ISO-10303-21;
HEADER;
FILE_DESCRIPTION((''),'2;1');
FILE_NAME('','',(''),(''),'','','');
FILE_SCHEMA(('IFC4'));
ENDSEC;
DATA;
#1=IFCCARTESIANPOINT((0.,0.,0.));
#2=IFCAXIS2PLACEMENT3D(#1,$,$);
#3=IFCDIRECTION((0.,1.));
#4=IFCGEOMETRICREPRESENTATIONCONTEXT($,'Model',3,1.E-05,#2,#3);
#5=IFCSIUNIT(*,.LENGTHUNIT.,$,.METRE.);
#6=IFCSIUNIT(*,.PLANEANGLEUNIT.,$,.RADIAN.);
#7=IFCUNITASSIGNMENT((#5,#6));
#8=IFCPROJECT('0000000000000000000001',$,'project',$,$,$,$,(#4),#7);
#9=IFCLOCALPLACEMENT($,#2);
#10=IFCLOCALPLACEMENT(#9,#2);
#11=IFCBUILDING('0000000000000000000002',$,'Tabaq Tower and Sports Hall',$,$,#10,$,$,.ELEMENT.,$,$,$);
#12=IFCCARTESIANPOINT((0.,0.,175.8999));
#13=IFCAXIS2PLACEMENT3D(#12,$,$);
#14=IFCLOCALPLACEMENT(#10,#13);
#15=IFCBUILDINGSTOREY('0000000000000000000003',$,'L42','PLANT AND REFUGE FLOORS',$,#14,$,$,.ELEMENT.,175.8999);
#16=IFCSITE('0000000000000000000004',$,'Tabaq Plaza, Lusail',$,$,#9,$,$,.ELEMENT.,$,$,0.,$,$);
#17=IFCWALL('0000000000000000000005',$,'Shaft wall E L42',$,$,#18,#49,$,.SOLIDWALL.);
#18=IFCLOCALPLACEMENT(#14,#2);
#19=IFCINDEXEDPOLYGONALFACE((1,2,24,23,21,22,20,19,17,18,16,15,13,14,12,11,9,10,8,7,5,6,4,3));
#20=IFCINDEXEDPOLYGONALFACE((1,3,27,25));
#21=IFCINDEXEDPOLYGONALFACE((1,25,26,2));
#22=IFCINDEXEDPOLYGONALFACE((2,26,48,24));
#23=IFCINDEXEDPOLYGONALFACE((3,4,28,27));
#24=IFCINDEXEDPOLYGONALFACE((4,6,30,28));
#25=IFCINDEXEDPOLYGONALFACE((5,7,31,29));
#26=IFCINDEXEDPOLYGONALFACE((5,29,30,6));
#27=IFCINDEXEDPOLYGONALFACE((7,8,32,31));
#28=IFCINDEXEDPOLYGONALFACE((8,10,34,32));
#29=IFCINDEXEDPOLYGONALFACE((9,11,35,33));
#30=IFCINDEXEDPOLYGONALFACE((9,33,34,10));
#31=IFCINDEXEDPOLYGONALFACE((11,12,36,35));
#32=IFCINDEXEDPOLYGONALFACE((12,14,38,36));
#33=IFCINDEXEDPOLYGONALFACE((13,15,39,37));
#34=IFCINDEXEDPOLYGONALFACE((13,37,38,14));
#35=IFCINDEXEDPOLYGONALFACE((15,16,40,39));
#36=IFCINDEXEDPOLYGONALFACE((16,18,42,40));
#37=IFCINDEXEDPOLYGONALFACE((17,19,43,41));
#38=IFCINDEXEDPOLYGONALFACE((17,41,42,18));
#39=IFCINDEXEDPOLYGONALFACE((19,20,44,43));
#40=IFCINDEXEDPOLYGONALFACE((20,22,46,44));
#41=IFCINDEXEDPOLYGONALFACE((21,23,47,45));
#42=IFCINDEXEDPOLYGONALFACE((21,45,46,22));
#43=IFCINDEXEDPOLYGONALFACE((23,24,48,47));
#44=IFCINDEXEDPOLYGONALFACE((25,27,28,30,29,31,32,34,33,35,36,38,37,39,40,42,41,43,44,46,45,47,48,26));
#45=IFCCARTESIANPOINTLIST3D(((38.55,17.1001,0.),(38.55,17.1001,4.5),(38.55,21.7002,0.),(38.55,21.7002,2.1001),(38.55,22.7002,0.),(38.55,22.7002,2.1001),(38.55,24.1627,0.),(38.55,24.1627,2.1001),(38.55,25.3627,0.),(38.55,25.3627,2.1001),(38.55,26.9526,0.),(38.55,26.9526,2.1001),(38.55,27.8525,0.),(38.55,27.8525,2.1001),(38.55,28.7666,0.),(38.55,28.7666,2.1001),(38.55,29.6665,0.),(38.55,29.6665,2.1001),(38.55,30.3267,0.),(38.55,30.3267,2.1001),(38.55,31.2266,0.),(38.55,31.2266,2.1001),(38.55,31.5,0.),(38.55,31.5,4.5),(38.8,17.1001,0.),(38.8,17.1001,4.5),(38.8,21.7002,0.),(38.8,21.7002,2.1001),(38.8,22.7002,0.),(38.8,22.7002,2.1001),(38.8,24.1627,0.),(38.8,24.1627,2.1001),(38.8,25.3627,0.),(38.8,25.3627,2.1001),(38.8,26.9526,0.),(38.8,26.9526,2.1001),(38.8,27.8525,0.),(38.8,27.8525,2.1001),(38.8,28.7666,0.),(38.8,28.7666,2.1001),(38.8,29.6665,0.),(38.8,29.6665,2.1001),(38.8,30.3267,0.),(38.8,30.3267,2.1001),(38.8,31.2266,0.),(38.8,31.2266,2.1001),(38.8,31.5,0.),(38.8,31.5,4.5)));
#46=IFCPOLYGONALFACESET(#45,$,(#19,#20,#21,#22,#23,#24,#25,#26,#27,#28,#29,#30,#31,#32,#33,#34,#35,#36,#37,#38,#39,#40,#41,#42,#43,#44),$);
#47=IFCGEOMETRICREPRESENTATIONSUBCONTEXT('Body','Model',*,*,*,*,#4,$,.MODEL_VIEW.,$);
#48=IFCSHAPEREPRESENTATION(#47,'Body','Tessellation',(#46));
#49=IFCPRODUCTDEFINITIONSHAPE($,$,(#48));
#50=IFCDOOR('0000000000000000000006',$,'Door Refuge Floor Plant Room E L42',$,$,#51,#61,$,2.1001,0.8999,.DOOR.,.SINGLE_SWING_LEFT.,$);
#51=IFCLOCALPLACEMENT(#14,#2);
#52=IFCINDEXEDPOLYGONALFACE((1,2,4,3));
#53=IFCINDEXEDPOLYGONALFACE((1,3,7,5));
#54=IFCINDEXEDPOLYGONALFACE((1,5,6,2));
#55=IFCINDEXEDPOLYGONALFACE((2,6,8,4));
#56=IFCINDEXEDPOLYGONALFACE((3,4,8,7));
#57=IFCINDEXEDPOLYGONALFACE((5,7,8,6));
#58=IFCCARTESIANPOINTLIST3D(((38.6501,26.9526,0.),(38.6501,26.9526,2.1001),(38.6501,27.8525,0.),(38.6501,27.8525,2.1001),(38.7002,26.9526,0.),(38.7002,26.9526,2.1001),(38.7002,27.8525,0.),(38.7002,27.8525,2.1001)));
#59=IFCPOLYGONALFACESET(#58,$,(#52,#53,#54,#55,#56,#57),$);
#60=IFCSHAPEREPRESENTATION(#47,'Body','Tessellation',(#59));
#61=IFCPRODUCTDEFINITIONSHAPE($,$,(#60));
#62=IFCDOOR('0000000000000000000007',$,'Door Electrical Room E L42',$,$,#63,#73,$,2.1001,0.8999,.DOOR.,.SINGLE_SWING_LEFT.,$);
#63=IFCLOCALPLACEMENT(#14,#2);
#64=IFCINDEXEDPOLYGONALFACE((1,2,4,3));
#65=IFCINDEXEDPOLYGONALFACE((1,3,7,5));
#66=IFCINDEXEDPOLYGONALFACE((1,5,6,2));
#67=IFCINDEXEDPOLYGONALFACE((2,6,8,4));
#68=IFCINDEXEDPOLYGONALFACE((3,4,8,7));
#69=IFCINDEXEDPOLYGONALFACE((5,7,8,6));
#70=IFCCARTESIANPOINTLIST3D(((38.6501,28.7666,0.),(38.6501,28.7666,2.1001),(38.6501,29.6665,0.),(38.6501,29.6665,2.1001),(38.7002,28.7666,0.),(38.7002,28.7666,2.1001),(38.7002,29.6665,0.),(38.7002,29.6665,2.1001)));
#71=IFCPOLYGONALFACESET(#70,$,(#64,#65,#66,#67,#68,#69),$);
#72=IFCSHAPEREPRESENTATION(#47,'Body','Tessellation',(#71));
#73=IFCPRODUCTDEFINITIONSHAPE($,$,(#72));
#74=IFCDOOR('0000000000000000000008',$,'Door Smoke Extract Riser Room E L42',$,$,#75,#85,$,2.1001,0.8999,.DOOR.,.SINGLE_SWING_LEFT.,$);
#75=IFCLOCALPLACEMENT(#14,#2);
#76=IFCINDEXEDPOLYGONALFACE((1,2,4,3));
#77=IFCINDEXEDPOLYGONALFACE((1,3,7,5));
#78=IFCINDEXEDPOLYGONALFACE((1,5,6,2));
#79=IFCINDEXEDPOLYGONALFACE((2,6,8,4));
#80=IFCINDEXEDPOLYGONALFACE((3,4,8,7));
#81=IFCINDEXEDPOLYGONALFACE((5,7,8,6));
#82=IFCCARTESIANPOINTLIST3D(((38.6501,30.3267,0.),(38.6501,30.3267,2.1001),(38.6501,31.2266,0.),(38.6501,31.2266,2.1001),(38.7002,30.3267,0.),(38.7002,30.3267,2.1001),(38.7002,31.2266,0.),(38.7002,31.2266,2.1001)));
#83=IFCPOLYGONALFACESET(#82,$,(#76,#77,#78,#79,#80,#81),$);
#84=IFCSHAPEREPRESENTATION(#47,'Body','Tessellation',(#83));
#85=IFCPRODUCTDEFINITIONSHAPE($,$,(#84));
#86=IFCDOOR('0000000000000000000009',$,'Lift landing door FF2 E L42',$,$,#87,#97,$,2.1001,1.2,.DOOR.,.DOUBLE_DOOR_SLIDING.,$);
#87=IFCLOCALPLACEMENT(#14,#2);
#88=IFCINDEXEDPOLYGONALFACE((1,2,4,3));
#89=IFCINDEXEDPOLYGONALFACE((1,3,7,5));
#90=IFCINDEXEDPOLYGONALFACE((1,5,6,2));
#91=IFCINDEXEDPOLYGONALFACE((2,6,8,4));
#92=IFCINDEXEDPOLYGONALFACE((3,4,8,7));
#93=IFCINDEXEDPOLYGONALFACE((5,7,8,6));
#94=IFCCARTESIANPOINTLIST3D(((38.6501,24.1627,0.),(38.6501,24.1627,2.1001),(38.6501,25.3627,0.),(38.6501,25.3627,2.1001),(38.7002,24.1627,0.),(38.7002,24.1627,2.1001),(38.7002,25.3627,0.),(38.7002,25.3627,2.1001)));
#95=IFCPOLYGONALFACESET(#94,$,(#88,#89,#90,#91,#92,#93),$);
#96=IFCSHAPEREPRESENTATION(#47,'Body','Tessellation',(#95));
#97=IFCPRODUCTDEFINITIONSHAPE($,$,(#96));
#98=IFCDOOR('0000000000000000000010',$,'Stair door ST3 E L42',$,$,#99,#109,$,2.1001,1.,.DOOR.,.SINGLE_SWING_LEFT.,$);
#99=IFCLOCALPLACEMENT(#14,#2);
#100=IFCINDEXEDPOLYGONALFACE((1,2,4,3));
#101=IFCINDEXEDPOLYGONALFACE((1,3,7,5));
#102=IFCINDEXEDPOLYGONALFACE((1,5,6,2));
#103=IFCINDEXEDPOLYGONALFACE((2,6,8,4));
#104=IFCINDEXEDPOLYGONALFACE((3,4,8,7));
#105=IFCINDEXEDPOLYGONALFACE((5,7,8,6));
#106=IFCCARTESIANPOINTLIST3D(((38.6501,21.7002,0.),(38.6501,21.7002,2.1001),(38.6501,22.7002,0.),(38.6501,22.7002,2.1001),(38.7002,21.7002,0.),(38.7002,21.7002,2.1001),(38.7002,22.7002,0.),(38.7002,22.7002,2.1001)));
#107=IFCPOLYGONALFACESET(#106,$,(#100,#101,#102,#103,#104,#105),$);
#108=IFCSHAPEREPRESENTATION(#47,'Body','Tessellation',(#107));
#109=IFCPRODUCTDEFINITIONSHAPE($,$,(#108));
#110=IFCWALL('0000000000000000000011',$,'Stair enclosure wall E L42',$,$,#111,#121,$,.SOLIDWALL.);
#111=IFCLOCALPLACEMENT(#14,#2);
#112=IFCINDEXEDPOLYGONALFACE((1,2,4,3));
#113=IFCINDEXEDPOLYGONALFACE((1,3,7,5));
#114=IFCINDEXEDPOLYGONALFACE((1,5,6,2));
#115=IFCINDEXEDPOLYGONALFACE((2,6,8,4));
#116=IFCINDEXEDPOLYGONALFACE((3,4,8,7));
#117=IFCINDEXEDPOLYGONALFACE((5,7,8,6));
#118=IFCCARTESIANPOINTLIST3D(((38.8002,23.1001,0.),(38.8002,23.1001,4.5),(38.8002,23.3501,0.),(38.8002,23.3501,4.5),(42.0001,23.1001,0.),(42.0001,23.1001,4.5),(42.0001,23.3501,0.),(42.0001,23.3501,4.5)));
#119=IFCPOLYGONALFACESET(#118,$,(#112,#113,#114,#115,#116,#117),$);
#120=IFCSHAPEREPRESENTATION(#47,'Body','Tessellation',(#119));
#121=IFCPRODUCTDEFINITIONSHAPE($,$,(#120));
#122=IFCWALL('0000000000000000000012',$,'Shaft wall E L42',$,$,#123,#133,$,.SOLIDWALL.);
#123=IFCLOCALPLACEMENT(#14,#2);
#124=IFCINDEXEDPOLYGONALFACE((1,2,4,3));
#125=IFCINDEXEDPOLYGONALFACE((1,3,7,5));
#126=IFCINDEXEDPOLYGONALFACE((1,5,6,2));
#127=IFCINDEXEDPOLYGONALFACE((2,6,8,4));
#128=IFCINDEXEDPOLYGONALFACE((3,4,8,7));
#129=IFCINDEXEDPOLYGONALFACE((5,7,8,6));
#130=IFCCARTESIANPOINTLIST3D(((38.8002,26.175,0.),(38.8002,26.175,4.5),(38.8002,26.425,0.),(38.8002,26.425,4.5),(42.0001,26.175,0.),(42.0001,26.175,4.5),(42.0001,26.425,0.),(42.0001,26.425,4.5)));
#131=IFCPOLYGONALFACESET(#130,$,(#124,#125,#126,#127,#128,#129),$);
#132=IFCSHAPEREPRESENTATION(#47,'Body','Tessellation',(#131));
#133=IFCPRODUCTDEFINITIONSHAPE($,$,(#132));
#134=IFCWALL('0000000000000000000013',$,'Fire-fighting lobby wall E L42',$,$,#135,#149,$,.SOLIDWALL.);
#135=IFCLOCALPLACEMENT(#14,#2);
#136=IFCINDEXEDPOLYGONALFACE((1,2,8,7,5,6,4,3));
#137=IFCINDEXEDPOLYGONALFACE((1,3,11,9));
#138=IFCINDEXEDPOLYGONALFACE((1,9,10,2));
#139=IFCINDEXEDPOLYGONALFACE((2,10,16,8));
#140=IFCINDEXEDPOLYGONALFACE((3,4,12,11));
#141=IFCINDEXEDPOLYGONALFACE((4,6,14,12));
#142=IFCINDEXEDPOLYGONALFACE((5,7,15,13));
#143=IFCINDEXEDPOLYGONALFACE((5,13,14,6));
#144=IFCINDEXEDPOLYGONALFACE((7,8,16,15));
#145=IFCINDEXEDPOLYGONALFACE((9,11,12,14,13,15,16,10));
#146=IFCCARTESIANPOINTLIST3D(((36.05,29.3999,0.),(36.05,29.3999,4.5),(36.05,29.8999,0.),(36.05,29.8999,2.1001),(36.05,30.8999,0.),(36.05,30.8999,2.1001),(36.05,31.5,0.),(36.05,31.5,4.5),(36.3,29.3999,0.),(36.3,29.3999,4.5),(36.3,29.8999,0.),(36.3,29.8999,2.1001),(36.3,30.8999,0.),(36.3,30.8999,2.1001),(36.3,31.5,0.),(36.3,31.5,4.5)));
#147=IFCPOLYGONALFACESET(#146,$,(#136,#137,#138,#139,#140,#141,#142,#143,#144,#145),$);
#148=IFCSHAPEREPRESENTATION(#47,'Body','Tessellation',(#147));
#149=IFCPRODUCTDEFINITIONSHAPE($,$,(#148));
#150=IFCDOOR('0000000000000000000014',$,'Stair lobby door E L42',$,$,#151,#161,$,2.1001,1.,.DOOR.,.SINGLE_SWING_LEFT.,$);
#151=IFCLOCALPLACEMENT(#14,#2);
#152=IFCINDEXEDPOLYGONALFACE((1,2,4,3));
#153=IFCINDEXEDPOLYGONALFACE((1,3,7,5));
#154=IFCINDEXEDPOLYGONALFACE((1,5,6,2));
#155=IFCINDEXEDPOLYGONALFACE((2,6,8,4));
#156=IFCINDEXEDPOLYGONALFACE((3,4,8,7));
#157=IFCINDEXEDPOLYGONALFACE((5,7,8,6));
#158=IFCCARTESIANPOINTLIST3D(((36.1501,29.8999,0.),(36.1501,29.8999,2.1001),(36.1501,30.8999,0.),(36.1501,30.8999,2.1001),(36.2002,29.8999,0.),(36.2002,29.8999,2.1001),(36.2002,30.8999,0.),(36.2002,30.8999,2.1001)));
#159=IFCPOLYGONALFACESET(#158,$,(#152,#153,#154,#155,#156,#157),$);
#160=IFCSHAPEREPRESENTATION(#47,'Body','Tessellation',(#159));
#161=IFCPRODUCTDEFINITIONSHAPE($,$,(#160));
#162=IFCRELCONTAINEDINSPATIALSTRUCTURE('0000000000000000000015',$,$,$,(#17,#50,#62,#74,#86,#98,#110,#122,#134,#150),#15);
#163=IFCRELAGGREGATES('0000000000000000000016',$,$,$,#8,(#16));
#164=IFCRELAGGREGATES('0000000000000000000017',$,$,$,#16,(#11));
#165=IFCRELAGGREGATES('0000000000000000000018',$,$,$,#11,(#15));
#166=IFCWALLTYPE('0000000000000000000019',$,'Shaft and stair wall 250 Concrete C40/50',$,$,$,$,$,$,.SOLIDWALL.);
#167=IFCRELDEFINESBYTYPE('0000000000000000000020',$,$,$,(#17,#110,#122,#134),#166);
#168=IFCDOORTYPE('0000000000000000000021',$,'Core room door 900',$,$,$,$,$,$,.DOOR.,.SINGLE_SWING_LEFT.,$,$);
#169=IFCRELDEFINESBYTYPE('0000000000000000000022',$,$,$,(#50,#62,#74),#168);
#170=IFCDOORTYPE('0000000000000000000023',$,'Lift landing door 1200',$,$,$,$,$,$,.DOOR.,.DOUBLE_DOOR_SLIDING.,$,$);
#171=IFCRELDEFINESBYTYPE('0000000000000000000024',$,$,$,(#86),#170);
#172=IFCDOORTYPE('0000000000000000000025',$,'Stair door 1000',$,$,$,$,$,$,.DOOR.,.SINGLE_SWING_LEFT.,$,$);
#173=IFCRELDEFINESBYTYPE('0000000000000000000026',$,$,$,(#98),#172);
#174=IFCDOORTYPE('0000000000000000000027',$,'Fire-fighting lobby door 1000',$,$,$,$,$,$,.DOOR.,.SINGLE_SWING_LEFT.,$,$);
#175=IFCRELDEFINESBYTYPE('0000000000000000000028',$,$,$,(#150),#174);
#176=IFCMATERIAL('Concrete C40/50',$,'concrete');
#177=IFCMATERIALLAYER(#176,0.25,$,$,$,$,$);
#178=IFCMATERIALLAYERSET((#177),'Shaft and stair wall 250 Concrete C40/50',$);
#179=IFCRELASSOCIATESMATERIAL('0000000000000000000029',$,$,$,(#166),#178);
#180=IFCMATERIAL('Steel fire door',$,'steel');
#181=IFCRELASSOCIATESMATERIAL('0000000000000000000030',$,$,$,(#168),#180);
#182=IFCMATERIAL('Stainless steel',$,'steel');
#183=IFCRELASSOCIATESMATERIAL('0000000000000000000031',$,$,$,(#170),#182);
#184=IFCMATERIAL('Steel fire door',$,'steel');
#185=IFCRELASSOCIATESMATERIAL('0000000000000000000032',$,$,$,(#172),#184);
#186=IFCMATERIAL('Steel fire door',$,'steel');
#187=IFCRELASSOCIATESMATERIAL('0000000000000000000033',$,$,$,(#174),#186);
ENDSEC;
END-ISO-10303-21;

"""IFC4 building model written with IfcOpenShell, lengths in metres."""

from ifc_helpers import new_model, si_unit, direction, frame, frame_2d, origin, place, context, subcontext, project, spatial, rectangle, extrude, material, layer, layer_set, type_object, element, fill, save


model = new_model("IFC4")

# Units and contexts
model_context = context("Model", 3, precision=1e-05, world=origin(), true_north=direction((0.0, 1.0)))
body_context = subcontext(model_context, "Body", "Model", "MODEL_VIEW")
ifc_project = project(units=[si_unit("LENGTHUNIT", "METRE"), si_unit("PLANEANGLEUNIT", "RADIAN")], contexts=[model_context])

# Site, building, storey
site_placement = place(None, origin())
site = spatial("IfcSite", under=ifc_project, at=site_placement, Name="Tabaq Plaza, Lusail", CompositionType="ELEMENT", RefElevation=0.0)
building_placement = place(site_placement, origin())
building = spatial("IfcBuilding", under=site, at=building_placement, Name="Tabaq Tower and Sports Hall", CompositionType="ELEMENT")
storey_placement = place(building_placement, frame((0.0, 0.0, 175.8999)))
storey = spatial("IfcBuildingStorey", under=building, at=storey_placement, Name="L42", Description="PLANT AND REFUGE FLOORS", CompositionType="ELEMENT", Elevation=175.8999)

# Wall, openings, doors
ifc_material_1 = material(Name="Concrete C40/50", Category="concrete")
ifc_layer_1 = layer(ifc_material_1, 0.25)
ifc_layer_set_1 = layer_set([ifc_layer_1], Name="Shaft and stair wall 250 Concrete C40/50")
wall_type_1 = type_object("IfcWallType", Name="Shaft and stair wall 250 Concrete C40/50", PredefinedType="SOLIDWALL", material=ifc_layer_set_1)
wall_1_placement = place(storey_placement, frame((38.675, 17.1001, 0.0), z_axis=(0.0, 0.0, 1.0), x_axis=(0.0, 1.0, 0.0)))
wall_1 = element("IfcWall", 1, at=wall_1_placement, inside=storey, type_object=wall_type_1, Name="Shaft wall E L42", PredefinedType="SOLIDWALL", context=body_context, shape_type="SweptSolid", body=[
    extrude(rectangle(XDim=14.3999, YDim=0.25, at=frame_2d((7.2, 0.0))), origin(), (0.0, 0.0, 1.0), 4.5),
])
opening_1_placement = place(wall_1_placement, frame((4.6001, 0.0, 0.0)))
opening_1 = element("IfcOpeningElement", 2, at=opening_1_placement, cuts=wall_1, PredefinedType="OPENING", context=body_context, shape_type="SweptSolid", body=[
    extrude(rectangle(XDim=1.0, YDim=2.1001, at=frame_2d((0.5, 1.05))), frame((0.0, 0.125, 0.0), z_axis=(0.0, -1.0, 0.0), x_axis=(1.0, 0.0, 0.0)), (0.0, 0.0, 1.0), 0.25),
])
opening_2_placement = place(wall_1_placement, frame((7.0625, 0.0, 0.0)))
opening_2 = element("IfcOpeningElement", 3, at=opening_2_placement, cuts=wall_1, PredefinedType="OPENING", context=body_context, shape_type="SweptSolid", body=[
    extrude(rectangle(XDim=1.2, YDim=2.1001, at=frame_2d((0.6001, 1.05))), frame((0.0, 0.125, 0.0), z_axis=(0.0, -1.0, 0.0), x_axis=(1.0, 0.0, 0.0)), (0.0, 0.0, 1.0), 0.25),
])
opening_3_placement = place(wall_1_placement, frame((9.8525, 0.0, 0.0)))
opening_3 = element("IfcOpeningElement", 4, at=opening_3_placement, cuts=wall_1, PredefinedType="OPENING", context=body_context, shape_type="SweptSolid", body=[
    extrude(rectangle(XDim=0.8999, YDim=2.1001, at=frame_2d((0.45, 1.05))), frame((0.0, 0.125, 0.0), z_axis=(0.0, -1.0, 0.0), x_axis=(1.0, 0.0, 0.0)), (0.0, 0.0, 1.0), 0.25),
])
opening_4_placement = place(wall_1_placement, frame((11.6665, 0.0, 0.0)))
opening_4 = element("IfcOpeningElement", 5, at=opening_4_placement, cuts=wall_1, PredefinedType="OPENING", context=body_context, shape_type="SweptSolid", body=[
    extrude(rectangle(XDim=0.8999, YDim=2.1001, at=frame_2d((0.45, 1.05))), frame((0.0, 0.125, 0.0), z_axis=(0.0, -1.0, 0.0), x_axis=(1.0, 0.0, 0.0)), (0.0, 0.0, 1.0), 0.25),
])
opening_5_placement = place(wall_1_placement, frame((13.2266, 0.0, 0.0)))
opening_5 = element("IfcOpeningElement", 6, at=opening_5_placement, cuts=wall_1, PredefinedType="OPENING", context=body_context, shape_type="SweptSolid", body=[
    extrude(rectangle(XDim=0.8999, YDim=2.1001, at=frame_2d((0.45, 1.05))), frame((0.0, 0.125, 0.0), z_axis=(0.0, -1.0, 0.0), x_axis=(1.0, 0.0, 0.0)), (0.0, 0.0, 1.0), 0.25),
])
ifc_material_2 = material(Name="Steel fire door", Category="steel")
door_type_1 = type_object("IfcDoorType", Name="Core room door 900", OperationType="SINGLE_SWING_LEFT", PredefinedType="DOOR", material=ifc_material_2)
door_1_placement = place(opening_3_placement, origin())
door_1 = element("IfcDoor", 7, at=door_1_placement, inside=storey, type_object=door_type_1, Name="Door Refuge Floor Plant Room E L42", OperationType="SINGLE_SWING_LEFT", OverallHeight=2.1001, OverallWidth=0.8999, PredefinedType="DOOR", context=body_context, shape_type="SweptSolid", body=[
    extrude(rectangle(XDim=0.8999, YDim=2.1001, at=frame_2d((0.45, 1.05))), frame((0.0, 0.0249, 0.0), z_axis=(0.0, -1.0, 0.0), x_axis=(1.0, 0.0, 0.0)), (0.0, 0.0, 1.0), 0.05),
])
fill(opening_3, door_1)
door_2_placement = place(opening_4_placement, origin())
door_2 = element("IfcDoor", 8, at=door_2_placement, inside=storey, type_object=door_type_1, Name="Door Electrical Room E L42", OperationType="SINGLE_SWING_LEFT", OverallHeight=2.1001, OverallWidth=0.8999, PredefinedType="DOOR", context=body_context, shape_type="SweptSolid", body=[
    extrude(rectangle(XDim=0.8999, YDim=2.1001, at=frame_2d((0.45, 1.05))), frame((0.0, 0.0249, 0.0), z_axis=(0.0, -1.0, 0.0), x_axis=(1.0, 0.0, 0.0)), (0.0, 0.0, 1.0), 0.05),
])
fill(opening_4, door_2)
door_3_placement = place(opening_5_placement, origin())
door_3 = element("IfcDoor", 9, at=door_3_placement, inside=storey, type_object=door_type_1, Name="Door Smoke Extract Riser Room E L42", OperationType="SINGLE_SWING_LEFT", OverallHeight=2.1001, OverallWidth=0.8999, PredefinedType="DOOR", context=body_context, shape_type="SweptSolid", body=[
    extrude(rectangle(XDim=0.8999, YDim=2.1001, at=frame_2d((0.45, 1.05))), frame((0.0, 0.0249, 0.0), z_axis=(0.0, -1.0, 0.0), x_axis=(1.0, 0.0, 0.0)), (0.0, 0.0, 1.0), 0.05),
])
fill(opening_5, door_3)
ifc_material_3 = material(Name="Stainless steel", Category="steel")
door_type_2 = type_object("IfcDoorType", Name="Lift landing door 1200", OperationType="DOUBLE_DOOR_SLIDING", PredefinedType="DOOR", material=ifc_material_3)
door_4_placement = place(opening_2_placement, origin())
door_4 = element("IfcDoor", 10, at=door_4_placement, inside=storey, type_object=door_type_2, Name="Lift landing door FF2 E L42", OperationType="DOUBLE_DOOR_SLIDING", OverallHeight=2.1001, OverallWidth=1.2, PredefinedType="DOOR", context=body_context, shape_type="SweptSolid", body=[
    extrude(rectangle(XDim=1.2, YDim=2.1001, at=frame_2d((0.6001, 1.05))), frame((0.0, 0.0249, 0.0), z_axis=(0.0, -1.0, 0.0), x_axis=(1.0, 0.0, 0.0)), (0.0, 0.0, 1.0), 0.05),
])
fill(opening_2, door_4)
ifc_material_4 = material(Name="Steel fire door", Category="steel")
door_type_3 = type_object("IfcDoorType", Name="Stair door 1000", OperationType="SINGLE_SWING_LEFT", PredefinedType="DOOR", material=ifc_material_4)
door_5_placement = place(opening_1_placement, origin())
door_5 = element("IfcDoor", 11, at=door_5_placement, inside=storey, type_object=door_type_3, Name="Stair door ST3 E L42", OperationType="SINGLE_SWING_LEFT", OverallHeight=2.1001, OverallWidth=1.0, PredefinedType="DOOR", context=body_context, shape_type="SweptSolid", body=[
    extrude(rectangle(XDim=1.0, YDim=2.1001, at=frame_2d((0.5, 1.05))), frame((0.0, 0.0249, 0.0), z_axis=(0.0, -1.0, 0.0), x_axis=(1.0, 0.0, 0.0)), (0.0, 0.0, 1.0), 0.05),
])
fill(opening_1, door_5)

# Walls
for number, where, z_axis, x_axis, name in (
    (12, (38.8, 23.2251, 0.0), (0.0, 0.0, 1.0), (1.0, 0.0, 0.0), "Stair enclosure wall E L42"),
    (13, (38.8, 26.3, 0.0), (0.0, 0.0, 1.0), (1.0, 0.0, 0.0), "Shaft wall E L42"),
):
    element("IfcWall", number, at=place(storey_placement, frame(where, z_axis=z_axis, x_axis=x_axis)), inside=storey, type_object=wall_type_1, Name=name, PredefinedType="SOLIDWALL", context=body_context, shape_type="SweptSolid", body=[
        extrude(rectangle(XDim=3.2, YDim=0.25, at=frame_2d((1.6001, 0.0))), origin(), (0.0, 0.0, 1.0), 4.5),
    ])

# Wall, opening, door
wall_2_placement = place(storey_placement, frame((36.175, 29.3999, 0.0), z_axis=(0.0, 0.0, 1.0), x_axis=(0.0, 1.0, 0.0)))
wall_2 = element("IfcWall", 14, at=wall_2_placement, inside=storey, type_object=wall_type_1, Name="Fire-fighting lobby wall E L42", PredefinedType="SOLIDWALL", context=body_context, shape_type="SweptSolid", body=[
    extrude(rectangle(XDim=2.1001, YDim=0.25, at=frame_2d((1.05, 0.0))), origin(), (0.0, 0.0, 1.0), 4.5),
])
opening_6_placement = place(wall_2_placement, frame((0.5, 0.0, 0.0)))
opening_6 = element("IfcOpeningElement", 15, at=opening_6_placement, cuts=wall_2, PredefinedType="OPENING", context=body_context, shape_type="SweptSolid", body=[
    extrude(rectangle(XDim=1.0, YDim=2.1001, at=frame_2d((0.5, 1.05))), frame((0.0, 0.125, 0.0), z_axis=(0.0, -1.0, 0.0), x_axis=(1.0, 0.0, 0.0)), (0.0, 0.0, 1.0), 0.25),
])
ifc_material_5 = material(Name="Steel fire door", Category="steel")
door_type_4 = type_object("IfcDoorType", Name="Fire-fighting lobby door 1000", OperationType="SINGLE_SWING_LEFT", PredefinedType="DOOR", material=ifc_material_5)
door_6_placement = place(opening_6_placement, origin())
door_6 = element("IfcDoor", 16, at=door_6_placement, inside=storey, type_object=door_type_4, Name="Stair lobby door E L42", OperationType="SINGLE_SWING_LEFT", OverallHeight=2.1001, OverallWidth=1.0, PredefinedType="DOOR", context=body_context, shape_type="SweptSolid", body=[
    extrude(rectangle(XDim=1.0, YDim=2.1001, at=frame_2d((0.5, 1.05))), frame((0.0, 0.0249, 0.0), z_axis=(0.0, -1.0, 0.0), x_axis=(1.0, 0.0, 0.0)), (0.0, 0.0, 1.0), 0.05),
])
fill(opening_6, door_6)

save(model, "model.ifc")
